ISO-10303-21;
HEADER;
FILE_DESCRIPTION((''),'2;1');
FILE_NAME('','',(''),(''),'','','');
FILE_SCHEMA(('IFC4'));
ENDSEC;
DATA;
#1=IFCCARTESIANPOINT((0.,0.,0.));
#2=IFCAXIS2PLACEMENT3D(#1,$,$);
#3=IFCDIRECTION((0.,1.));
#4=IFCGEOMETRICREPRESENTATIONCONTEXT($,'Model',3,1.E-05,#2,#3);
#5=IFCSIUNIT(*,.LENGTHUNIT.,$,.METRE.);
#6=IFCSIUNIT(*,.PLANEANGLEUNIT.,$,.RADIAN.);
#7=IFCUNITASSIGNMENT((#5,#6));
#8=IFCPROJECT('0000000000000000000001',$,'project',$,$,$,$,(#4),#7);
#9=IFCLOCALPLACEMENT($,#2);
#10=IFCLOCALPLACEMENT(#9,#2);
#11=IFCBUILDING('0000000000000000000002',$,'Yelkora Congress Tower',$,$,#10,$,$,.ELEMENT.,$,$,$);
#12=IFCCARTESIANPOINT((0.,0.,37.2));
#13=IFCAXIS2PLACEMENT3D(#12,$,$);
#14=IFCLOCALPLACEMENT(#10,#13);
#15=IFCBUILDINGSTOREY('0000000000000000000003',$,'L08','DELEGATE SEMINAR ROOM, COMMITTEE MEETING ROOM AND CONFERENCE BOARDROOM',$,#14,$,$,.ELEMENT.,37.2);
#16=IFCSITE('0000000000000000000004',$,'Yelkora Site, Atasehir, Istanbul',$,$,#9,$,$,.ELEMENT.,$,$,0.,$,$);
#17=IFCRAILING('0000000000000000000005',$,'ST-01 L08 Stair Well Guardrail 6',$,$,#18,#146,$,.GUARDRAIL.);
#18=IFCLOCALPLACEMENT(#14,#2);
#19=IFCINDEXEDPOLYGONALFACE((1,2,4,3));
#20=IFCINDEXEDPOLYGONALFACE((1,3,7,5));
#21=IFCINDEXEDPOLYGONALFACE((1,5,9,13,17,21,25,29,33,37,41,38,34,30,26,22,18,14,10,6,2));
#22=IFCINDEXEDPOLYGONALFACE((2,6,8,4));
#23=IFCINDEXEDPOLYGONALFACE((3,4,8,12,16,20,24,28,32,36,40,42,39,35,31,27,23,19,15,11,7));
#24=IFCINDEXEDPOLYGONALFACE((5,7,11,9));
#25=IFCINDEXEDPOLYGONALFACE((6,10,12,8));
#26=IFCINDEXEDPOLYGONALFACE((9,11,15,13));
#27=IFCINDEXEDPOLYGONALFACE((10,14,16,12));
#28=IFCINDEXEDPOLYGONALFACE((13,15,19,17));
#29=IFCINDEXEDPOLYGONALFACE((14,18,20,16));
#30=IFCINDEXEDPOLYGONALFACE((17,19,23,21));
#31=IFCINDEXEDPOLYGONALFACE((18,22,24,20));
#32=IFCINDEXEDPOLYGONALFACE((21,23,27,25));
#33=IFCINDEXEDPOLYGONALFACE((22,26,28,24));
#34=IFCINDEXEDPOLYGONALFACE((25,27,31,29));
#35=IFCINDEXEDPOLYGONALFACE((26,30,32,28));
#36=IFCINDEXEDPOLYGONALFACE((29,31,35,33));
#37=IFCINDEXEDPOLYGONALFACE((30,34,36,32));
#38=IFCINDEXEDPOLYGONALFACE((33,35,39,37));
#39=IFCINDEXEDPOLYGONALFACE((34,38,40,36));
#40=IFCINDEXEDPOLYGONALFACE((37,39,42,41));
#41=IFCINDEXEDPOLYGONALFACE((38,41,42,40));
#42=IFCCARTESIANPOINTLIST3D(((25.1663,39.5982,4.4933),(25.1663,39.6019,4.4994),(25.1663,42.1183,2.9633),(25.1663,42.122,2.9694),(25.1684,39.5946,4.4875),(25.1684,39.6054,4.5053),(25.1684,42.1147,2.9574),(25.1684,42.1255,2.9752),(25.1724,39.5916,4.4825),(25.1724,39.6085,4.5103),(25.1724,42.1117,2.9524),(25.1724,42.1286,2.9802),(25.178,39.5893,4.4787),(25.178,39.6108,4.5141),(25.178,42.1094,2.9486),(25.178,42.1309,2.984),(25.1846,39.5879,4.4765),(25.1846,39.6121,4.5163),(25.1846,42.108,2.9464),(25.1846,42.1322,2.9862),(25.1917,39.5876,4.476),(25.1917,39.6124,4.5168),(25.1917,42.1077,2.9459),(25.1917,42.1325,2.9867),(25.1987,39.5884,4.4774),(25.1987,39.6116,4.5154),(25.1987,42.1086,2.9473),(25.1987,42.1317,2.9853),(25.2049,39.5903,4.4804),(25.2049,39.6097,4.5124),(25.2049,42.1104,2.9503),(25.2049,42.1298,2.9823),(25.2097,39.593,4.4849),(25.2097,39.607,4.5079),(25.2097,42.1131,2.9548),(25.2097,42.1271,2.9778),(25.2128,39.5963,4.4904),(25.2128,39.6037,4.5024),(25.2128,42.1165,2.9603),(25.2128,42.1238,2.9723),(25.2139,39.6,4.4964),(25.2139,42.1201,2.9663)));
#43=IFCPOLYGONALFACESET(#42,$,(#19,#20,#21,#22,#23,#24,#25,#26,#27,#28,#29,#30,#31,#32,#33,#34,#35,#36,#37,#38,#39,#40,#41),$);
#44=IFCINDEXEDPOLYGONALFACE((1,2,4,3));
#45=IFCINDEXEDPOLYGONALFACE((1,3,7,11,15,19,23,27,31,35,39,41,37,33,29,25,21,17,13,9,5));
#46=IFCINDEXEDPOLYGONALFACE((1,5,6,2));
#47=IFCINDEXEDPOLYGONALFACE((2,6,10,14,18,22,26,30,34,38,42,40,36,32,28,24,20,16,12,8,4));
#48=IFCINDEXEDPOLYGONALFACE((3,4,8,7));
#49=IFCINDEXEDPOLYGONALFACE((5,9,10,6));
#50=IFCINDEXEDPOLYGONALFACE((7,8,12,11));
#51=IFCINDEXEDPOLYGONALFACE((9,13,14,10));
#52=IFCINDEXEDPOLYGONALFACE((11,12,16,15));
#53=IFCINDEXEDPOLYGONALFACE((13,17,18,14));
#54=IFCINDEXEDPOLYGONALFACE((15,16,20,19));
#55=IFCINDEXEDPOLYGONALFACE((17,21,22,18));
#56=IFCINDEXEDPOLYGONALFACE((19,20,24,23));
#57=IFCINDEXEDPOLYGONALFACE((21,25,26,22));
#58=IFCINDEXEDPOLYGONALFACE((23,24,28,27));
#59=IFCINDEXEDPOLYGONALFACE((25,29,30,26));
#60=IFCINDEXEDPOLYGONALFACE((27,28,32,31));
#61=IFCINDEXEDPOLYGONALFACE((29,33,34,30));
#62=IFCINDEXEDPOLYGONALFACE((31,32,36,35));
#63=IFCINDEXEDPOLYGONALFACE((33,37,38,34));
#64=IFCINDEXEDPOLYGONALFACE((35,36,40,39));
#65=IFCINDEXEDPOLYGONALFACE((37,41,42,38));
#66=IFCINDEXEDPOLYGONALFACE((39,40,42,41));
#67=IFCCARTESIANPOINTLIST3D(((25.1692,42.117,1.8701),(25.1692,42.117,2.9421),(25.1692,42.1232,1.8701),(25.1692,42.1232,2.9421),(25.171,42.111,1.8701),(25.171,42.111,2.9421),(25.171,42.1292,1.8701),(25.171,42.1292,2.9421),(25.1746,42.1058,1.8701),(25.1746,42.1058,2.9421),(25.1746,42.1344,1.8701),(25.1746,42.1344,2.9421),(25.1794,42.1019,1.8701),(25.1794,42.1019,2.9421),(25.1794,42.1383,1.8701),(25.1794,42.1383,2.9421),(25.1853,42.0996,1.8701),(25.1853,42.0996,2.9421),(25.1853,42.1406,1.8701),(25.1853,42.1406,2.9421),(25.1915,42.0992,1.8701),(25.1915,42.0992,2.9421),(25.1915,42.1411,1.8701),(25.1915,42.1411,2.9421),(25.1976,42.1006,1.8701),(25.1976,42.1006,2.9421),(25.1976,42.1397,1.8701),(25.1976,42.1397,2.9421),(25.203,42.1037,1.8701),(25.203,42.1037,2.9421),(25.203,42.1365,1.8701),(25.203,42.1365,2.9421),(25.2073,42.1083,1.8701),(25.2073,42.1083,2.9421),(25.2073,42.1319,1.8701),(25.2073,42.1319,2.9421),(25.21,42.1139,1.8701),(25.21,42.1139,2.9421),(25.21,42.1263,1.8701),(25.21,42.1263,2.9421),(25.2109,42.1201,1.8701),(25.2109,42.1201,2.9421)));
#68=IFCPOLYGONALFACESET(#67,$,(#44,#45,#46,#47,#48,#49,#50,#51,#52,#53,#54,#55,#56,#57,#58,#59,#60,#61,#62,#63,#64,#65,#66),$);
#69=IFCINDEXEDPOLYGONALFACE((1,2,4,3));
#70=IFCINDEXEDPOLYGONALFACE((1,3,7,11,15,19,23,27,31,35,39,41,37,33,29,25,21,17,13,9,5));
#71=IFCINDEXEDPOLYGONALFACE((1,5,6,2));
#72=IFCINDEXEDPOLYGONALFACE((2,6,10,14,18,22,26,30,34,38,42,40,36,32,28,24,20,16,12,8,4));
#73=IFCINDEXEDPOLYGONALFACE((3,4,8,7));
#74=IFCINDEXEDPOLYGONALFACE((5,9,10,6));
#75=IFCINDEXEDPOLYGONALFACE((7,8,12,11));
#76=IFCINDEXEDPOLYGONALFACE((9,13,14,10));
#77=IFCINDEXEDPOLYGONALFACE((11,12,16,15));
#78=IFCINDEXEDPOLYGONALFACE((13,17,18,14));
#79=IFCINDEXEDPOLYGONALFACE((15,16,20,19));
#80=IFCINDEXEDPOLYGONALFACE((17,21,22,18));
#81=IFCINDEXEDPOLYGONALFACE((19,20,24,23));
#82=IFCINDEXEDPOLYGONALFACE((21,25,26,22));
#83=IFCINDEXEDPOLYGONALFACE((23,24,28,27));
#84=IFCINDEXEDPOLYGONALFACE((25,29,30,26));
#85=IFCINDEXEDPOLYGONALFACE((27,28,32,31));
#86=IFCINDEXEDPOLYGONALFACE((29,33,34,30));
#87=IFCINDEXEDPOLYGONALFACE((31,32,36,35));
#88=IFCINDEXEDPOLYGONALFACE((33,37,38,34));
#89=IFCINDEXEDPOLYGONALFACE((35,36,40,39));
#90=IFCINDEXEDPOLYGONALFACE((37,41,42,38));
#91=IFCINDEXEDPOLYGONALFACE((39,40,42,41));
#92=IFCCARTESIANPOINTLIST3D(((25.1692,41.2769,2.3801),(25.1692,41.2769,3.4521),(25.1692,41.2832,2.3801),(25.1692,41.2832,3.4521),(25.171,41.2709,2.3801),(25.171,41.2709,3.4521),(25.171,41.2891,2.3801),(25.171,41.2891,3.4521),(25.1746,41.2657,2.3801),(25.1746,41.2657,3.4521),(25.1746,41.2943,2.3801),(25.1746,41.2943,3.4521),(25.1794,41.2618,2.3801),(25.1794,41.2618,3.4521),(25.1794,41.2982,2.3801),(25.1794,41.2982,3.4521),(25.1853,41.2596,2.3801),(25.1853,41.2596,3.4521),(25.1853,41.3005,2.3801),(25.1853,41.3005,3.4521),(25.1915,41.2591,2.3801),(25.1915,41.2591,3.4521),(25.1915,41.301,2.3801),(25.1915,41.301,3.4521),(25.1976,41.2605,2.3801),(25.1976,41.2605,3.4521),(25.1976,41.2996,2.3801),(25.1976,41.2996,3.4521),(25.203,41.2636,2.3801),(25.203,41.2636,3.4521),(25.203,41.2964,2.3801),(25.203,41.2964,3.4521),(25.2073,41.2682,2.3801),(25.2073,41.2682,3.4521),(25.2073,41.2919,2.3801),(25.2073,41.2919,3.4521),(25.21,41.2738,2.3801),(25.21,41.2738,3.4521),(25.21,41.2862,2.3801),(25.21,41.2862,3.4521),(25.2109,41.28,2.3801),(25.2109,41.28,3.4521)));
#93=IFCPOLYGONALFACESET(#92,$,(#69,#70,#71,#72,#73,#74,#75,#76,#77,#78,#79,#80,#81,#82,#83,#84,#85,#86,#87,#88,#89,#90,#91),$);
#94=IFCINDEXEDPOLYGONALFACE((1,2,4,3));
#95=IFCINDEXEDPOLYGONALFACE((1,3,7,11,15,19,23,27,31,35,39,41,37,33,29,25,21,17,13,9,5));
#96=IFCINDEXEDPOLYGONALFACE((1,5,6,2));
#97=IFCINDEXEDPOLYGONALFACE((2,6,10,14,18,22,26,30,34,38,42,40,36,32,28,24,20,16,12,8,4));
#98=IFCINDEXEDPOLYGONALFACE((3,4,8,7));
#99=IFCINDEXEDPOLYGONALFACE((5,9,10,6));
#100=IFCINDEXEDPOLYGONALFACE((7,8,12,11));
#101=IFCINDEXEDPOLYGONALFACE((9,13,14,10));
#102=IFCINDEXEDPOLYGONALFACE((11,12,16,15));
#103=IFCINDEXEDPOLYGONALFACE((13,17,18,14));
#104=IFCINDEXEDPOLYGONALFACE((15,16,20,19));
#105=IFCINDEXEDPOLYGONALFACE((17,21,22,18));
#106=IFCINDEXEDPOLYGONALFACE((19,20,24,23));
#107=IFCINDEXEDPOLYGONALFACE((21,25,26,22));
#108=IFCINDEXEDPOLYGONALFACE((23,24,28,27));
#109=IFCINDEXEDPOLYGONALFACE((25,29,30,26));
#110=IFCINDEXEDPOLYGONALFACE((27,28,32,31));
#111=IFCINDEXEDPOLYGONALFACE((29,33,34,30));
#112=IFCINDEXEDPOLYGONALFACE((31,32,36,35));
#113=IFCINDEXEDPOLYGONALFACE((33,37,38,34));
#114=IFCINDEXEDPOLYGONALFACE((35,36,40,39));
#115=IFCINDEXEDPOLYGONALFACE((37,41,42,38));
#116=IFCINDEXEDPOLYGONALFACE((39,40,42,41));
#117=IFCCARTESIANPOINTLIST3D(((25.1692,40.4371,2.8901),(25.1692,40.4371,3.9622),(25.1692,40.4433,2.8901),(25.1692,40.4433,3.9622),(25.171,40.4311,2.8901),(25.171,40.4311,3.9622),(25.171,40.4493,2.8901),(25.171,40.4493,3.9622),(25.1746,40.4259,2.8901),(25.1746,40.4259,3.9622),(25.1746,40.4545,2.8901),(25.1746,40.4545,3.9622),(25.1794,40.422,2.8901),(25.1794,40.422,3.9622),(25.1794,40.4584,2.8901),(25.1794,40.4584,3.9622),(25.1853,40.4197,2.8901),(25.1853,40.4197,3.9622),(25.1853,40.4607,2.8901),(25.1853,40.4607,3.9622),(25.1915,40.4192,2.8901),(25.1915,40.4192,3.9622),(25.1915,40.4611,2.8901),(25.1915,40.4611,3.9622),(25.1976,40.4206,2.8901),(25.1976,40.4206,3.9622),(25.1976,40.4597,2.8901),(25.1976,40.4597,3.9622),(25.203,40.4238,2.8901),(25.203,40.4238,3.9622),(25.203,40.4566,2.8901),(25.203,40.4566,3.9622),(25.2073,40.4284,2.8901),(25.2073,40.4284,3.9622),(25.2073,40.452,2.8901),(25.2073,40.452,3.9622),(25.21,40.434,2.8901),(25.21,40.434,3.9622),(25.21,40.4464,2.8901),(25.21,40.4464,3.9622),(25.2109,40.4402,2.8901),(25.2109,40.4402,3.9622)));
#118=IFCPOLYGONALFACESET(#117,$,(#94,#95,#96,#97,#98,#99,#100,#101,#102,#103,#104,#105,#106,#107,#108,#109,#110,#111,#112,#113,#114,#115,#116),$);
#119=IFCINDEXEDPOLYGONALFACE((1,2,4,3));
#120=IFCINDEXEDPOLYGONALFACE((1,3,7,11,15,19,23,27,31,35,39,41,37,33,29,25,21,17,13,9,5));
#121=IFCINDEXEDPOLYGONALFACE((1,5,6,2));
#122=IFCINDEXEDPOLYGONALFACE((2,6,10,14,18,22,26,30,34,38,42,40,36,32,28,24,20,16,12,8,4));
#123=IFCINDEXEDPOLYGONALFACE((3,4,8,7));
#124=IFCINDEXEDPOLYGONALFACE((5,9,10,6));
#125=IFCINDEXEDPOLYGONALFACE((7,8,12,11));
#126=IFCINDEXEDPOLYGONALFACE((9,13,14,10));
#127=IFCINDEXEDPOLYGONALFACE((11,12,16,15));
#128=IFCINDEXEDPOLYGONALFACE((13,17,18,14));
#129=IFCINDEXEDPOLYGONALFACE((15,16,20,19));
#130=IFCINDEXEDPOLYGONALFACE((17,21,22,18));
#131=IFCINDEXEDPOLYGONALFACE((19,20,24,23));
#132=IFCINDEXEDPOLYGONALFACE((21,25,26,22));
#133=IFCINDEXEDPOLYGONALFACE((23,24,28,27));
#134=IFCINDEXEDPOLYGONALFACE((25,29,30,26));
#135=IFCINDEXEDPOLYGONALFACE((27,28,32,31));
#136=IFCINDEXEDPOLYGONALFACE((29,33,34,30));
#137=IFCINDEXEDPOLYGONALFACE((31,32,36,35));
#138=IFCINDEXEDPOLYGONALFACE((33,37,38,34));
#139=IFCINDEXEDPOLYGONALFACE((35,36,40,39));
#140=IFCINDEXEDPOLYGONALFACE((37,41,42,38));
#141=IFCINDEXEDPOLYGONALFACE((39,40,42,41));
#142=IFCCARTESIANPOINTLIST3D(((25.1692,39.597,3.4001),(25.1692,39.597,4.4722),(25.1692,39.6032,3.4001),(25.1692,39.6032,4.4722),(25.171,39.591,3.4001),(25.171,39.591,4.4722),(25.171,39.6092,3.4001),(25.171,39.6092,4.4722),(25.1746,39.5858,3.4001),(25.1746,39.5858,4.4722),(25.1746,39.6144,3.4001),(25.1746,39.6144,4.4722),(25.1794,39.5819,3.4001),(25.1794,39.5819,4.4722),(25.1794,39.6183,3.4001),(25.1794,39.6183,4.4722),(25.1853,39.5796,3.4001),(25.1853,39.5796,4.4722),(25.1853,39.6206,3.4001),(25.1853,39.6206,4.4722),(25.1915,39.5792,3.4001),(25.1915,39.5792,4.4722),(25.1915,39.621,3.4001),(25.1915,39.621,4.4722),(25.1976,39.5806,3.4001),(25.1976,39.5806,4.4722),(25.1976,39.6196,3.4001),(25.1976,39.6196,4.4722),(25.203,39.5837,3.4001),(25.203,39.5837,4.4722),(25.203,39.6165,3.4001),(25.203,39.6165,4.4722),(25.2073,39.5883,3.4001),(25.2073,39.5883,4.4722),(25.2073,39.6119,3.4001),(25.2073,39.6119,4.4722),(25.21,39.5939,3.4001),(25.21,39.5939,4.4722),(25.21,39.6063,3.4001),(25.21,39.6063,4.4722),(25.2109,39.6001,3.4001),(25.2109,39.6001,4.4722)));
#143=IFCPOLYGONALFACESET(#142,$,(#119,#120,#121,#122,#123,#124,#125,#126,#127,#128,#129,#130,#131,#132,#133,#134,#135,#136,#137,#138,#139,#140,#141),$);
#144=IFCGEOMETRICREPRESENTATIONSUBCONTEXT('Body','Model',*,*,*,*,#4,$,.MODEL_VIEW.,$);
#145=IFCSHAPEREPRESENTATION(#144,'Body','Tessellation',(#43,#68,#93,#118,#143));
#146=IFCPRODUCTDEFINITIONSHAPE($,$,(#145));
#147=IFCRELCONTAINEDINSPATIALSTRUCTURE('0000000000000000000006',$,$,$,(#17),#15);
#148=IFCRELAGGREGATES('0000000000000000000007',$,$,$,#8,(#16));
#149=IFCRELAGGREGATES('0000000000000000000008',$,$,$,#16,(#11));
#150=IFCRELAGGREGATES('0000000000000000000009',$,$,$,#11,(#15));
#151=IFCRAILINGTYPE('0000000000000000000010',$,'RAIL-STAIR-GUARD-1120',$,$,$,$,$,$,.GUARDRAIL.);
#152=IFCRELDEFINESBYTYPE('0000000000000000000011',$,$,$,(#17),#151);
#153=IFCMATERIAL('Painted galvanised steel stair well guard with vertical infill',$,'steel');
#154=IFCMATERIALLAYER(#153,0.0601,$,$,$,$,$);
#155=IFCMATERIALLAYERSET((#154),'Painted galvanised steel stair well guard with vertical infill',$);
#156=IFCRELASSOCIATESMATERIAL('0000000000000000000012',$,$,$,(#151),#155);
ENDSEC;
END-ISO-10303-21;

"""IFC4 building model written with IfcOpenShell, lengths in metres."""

from ifc_helpers import new_model, si_unit, direction, frame, origin, origin_2d, place, context, subcontext, project, spatial, circle, extrude, material, layer, layer_set, type_object, element, save


model = new_model("IFC4")

# Units and contexts
model_context = context("Model", 3, precision=1e-05, world=origin(), true_north=direction((0.0, 1.0)))
body_context = subcontext(model_context, "Body", "Model", "MODEL_VIEW")
ifc_project = project(units=[si_unit("LENGTHUNIT", "METRE"), si_unit("PLANEANGLEUNIT", "RADIAN")], contexts=[model_context])

# Site, building, storey
site_placement = place(None, origin())
site = spatial("IfcSite", under=ifc_project, at=site_placement, Name="Yelkora Site, Atasehir, Istanbul", CompositionType="ELEMENT", RefElevation=0.0)
building_placement = place(site_placement, origin())
building = spatial("IfcBuilding", under=site, at=building_placement, Name="Yelkora Congress Tower", CompositionType="ELEMENT")
storey_placement = place(building_placement, frame((0.0, 0.0, 37.2)))
storey = spatial("IfcBuildingStorey", under=building, at=storey_placement, Name="L08", Description="DELEGATE SEMINAR ROOM, COMMITTEE MEETING ROOM AND CONFERENCE BOARDROOM", CompositionType="ELEMENT", Elevation=37.2)

# Railing
ifc_material_1 = material(Name="Painted galvanised steel stair well guard with vertical infill", Category="steel")
ifc_layer_1 = layer(ifc_material_1, 0.0601)
ifc_layer_set_1 = layer_set([ifc_layer_1], Name="Painted galvanised steel stair well guard with vertical infill")
railing_type_1 = type_object("IfcRailingType", Name="RAIL-STAIR-GUARD-1120", PredefinedType="GUARDRAIL", material=ifc_layer_set_1)
railing_1_placement = place(storey_placement, frame((25.1899, 42.1201, 1.8701)))
element("IfcRailing", 1, at=railing_1_placement, inside=storey, type_object=railing_type_1, Name="ST-01 L08 Stair Well Guardrail 6", PredefinedType="GUARDRAIL", context=body_context, shape_type="SweptSolid", body=[
    extrude(circle(Radius=0.0239, at=origin_2d()), frame((0.0, 0.0, 1.0962), z_axis=(0.0, -0.854785, 0.518982), x_axis=(1.0, 0.0, 0.0)), (0.0, 0.0, 1.0), 2.9482),
    extrude(circle(Radius=0.021, at=origin_2d()), origin(), (0.0, 0.0, 1.0), 1.072),
    extrude(circle(Radius=0.021, at=origin_2d()), frame((0.0, -0.8401, 0.51)), (0.0, 0.0, 1.0), 1.072),
    extrude(circle(Radius=0.021, at=origin_2d()), frame((0.0, -1.6799, 1.02)), (0.0, 0.0, 1.0), 1.072),
    extrude(circle(Radius=0.021, at=origin_2d()), frame((0.0, -2.52, 1.53)), (0.0, 0.0, 1.0), 1.072),
])

save(model, "model.ifc")
